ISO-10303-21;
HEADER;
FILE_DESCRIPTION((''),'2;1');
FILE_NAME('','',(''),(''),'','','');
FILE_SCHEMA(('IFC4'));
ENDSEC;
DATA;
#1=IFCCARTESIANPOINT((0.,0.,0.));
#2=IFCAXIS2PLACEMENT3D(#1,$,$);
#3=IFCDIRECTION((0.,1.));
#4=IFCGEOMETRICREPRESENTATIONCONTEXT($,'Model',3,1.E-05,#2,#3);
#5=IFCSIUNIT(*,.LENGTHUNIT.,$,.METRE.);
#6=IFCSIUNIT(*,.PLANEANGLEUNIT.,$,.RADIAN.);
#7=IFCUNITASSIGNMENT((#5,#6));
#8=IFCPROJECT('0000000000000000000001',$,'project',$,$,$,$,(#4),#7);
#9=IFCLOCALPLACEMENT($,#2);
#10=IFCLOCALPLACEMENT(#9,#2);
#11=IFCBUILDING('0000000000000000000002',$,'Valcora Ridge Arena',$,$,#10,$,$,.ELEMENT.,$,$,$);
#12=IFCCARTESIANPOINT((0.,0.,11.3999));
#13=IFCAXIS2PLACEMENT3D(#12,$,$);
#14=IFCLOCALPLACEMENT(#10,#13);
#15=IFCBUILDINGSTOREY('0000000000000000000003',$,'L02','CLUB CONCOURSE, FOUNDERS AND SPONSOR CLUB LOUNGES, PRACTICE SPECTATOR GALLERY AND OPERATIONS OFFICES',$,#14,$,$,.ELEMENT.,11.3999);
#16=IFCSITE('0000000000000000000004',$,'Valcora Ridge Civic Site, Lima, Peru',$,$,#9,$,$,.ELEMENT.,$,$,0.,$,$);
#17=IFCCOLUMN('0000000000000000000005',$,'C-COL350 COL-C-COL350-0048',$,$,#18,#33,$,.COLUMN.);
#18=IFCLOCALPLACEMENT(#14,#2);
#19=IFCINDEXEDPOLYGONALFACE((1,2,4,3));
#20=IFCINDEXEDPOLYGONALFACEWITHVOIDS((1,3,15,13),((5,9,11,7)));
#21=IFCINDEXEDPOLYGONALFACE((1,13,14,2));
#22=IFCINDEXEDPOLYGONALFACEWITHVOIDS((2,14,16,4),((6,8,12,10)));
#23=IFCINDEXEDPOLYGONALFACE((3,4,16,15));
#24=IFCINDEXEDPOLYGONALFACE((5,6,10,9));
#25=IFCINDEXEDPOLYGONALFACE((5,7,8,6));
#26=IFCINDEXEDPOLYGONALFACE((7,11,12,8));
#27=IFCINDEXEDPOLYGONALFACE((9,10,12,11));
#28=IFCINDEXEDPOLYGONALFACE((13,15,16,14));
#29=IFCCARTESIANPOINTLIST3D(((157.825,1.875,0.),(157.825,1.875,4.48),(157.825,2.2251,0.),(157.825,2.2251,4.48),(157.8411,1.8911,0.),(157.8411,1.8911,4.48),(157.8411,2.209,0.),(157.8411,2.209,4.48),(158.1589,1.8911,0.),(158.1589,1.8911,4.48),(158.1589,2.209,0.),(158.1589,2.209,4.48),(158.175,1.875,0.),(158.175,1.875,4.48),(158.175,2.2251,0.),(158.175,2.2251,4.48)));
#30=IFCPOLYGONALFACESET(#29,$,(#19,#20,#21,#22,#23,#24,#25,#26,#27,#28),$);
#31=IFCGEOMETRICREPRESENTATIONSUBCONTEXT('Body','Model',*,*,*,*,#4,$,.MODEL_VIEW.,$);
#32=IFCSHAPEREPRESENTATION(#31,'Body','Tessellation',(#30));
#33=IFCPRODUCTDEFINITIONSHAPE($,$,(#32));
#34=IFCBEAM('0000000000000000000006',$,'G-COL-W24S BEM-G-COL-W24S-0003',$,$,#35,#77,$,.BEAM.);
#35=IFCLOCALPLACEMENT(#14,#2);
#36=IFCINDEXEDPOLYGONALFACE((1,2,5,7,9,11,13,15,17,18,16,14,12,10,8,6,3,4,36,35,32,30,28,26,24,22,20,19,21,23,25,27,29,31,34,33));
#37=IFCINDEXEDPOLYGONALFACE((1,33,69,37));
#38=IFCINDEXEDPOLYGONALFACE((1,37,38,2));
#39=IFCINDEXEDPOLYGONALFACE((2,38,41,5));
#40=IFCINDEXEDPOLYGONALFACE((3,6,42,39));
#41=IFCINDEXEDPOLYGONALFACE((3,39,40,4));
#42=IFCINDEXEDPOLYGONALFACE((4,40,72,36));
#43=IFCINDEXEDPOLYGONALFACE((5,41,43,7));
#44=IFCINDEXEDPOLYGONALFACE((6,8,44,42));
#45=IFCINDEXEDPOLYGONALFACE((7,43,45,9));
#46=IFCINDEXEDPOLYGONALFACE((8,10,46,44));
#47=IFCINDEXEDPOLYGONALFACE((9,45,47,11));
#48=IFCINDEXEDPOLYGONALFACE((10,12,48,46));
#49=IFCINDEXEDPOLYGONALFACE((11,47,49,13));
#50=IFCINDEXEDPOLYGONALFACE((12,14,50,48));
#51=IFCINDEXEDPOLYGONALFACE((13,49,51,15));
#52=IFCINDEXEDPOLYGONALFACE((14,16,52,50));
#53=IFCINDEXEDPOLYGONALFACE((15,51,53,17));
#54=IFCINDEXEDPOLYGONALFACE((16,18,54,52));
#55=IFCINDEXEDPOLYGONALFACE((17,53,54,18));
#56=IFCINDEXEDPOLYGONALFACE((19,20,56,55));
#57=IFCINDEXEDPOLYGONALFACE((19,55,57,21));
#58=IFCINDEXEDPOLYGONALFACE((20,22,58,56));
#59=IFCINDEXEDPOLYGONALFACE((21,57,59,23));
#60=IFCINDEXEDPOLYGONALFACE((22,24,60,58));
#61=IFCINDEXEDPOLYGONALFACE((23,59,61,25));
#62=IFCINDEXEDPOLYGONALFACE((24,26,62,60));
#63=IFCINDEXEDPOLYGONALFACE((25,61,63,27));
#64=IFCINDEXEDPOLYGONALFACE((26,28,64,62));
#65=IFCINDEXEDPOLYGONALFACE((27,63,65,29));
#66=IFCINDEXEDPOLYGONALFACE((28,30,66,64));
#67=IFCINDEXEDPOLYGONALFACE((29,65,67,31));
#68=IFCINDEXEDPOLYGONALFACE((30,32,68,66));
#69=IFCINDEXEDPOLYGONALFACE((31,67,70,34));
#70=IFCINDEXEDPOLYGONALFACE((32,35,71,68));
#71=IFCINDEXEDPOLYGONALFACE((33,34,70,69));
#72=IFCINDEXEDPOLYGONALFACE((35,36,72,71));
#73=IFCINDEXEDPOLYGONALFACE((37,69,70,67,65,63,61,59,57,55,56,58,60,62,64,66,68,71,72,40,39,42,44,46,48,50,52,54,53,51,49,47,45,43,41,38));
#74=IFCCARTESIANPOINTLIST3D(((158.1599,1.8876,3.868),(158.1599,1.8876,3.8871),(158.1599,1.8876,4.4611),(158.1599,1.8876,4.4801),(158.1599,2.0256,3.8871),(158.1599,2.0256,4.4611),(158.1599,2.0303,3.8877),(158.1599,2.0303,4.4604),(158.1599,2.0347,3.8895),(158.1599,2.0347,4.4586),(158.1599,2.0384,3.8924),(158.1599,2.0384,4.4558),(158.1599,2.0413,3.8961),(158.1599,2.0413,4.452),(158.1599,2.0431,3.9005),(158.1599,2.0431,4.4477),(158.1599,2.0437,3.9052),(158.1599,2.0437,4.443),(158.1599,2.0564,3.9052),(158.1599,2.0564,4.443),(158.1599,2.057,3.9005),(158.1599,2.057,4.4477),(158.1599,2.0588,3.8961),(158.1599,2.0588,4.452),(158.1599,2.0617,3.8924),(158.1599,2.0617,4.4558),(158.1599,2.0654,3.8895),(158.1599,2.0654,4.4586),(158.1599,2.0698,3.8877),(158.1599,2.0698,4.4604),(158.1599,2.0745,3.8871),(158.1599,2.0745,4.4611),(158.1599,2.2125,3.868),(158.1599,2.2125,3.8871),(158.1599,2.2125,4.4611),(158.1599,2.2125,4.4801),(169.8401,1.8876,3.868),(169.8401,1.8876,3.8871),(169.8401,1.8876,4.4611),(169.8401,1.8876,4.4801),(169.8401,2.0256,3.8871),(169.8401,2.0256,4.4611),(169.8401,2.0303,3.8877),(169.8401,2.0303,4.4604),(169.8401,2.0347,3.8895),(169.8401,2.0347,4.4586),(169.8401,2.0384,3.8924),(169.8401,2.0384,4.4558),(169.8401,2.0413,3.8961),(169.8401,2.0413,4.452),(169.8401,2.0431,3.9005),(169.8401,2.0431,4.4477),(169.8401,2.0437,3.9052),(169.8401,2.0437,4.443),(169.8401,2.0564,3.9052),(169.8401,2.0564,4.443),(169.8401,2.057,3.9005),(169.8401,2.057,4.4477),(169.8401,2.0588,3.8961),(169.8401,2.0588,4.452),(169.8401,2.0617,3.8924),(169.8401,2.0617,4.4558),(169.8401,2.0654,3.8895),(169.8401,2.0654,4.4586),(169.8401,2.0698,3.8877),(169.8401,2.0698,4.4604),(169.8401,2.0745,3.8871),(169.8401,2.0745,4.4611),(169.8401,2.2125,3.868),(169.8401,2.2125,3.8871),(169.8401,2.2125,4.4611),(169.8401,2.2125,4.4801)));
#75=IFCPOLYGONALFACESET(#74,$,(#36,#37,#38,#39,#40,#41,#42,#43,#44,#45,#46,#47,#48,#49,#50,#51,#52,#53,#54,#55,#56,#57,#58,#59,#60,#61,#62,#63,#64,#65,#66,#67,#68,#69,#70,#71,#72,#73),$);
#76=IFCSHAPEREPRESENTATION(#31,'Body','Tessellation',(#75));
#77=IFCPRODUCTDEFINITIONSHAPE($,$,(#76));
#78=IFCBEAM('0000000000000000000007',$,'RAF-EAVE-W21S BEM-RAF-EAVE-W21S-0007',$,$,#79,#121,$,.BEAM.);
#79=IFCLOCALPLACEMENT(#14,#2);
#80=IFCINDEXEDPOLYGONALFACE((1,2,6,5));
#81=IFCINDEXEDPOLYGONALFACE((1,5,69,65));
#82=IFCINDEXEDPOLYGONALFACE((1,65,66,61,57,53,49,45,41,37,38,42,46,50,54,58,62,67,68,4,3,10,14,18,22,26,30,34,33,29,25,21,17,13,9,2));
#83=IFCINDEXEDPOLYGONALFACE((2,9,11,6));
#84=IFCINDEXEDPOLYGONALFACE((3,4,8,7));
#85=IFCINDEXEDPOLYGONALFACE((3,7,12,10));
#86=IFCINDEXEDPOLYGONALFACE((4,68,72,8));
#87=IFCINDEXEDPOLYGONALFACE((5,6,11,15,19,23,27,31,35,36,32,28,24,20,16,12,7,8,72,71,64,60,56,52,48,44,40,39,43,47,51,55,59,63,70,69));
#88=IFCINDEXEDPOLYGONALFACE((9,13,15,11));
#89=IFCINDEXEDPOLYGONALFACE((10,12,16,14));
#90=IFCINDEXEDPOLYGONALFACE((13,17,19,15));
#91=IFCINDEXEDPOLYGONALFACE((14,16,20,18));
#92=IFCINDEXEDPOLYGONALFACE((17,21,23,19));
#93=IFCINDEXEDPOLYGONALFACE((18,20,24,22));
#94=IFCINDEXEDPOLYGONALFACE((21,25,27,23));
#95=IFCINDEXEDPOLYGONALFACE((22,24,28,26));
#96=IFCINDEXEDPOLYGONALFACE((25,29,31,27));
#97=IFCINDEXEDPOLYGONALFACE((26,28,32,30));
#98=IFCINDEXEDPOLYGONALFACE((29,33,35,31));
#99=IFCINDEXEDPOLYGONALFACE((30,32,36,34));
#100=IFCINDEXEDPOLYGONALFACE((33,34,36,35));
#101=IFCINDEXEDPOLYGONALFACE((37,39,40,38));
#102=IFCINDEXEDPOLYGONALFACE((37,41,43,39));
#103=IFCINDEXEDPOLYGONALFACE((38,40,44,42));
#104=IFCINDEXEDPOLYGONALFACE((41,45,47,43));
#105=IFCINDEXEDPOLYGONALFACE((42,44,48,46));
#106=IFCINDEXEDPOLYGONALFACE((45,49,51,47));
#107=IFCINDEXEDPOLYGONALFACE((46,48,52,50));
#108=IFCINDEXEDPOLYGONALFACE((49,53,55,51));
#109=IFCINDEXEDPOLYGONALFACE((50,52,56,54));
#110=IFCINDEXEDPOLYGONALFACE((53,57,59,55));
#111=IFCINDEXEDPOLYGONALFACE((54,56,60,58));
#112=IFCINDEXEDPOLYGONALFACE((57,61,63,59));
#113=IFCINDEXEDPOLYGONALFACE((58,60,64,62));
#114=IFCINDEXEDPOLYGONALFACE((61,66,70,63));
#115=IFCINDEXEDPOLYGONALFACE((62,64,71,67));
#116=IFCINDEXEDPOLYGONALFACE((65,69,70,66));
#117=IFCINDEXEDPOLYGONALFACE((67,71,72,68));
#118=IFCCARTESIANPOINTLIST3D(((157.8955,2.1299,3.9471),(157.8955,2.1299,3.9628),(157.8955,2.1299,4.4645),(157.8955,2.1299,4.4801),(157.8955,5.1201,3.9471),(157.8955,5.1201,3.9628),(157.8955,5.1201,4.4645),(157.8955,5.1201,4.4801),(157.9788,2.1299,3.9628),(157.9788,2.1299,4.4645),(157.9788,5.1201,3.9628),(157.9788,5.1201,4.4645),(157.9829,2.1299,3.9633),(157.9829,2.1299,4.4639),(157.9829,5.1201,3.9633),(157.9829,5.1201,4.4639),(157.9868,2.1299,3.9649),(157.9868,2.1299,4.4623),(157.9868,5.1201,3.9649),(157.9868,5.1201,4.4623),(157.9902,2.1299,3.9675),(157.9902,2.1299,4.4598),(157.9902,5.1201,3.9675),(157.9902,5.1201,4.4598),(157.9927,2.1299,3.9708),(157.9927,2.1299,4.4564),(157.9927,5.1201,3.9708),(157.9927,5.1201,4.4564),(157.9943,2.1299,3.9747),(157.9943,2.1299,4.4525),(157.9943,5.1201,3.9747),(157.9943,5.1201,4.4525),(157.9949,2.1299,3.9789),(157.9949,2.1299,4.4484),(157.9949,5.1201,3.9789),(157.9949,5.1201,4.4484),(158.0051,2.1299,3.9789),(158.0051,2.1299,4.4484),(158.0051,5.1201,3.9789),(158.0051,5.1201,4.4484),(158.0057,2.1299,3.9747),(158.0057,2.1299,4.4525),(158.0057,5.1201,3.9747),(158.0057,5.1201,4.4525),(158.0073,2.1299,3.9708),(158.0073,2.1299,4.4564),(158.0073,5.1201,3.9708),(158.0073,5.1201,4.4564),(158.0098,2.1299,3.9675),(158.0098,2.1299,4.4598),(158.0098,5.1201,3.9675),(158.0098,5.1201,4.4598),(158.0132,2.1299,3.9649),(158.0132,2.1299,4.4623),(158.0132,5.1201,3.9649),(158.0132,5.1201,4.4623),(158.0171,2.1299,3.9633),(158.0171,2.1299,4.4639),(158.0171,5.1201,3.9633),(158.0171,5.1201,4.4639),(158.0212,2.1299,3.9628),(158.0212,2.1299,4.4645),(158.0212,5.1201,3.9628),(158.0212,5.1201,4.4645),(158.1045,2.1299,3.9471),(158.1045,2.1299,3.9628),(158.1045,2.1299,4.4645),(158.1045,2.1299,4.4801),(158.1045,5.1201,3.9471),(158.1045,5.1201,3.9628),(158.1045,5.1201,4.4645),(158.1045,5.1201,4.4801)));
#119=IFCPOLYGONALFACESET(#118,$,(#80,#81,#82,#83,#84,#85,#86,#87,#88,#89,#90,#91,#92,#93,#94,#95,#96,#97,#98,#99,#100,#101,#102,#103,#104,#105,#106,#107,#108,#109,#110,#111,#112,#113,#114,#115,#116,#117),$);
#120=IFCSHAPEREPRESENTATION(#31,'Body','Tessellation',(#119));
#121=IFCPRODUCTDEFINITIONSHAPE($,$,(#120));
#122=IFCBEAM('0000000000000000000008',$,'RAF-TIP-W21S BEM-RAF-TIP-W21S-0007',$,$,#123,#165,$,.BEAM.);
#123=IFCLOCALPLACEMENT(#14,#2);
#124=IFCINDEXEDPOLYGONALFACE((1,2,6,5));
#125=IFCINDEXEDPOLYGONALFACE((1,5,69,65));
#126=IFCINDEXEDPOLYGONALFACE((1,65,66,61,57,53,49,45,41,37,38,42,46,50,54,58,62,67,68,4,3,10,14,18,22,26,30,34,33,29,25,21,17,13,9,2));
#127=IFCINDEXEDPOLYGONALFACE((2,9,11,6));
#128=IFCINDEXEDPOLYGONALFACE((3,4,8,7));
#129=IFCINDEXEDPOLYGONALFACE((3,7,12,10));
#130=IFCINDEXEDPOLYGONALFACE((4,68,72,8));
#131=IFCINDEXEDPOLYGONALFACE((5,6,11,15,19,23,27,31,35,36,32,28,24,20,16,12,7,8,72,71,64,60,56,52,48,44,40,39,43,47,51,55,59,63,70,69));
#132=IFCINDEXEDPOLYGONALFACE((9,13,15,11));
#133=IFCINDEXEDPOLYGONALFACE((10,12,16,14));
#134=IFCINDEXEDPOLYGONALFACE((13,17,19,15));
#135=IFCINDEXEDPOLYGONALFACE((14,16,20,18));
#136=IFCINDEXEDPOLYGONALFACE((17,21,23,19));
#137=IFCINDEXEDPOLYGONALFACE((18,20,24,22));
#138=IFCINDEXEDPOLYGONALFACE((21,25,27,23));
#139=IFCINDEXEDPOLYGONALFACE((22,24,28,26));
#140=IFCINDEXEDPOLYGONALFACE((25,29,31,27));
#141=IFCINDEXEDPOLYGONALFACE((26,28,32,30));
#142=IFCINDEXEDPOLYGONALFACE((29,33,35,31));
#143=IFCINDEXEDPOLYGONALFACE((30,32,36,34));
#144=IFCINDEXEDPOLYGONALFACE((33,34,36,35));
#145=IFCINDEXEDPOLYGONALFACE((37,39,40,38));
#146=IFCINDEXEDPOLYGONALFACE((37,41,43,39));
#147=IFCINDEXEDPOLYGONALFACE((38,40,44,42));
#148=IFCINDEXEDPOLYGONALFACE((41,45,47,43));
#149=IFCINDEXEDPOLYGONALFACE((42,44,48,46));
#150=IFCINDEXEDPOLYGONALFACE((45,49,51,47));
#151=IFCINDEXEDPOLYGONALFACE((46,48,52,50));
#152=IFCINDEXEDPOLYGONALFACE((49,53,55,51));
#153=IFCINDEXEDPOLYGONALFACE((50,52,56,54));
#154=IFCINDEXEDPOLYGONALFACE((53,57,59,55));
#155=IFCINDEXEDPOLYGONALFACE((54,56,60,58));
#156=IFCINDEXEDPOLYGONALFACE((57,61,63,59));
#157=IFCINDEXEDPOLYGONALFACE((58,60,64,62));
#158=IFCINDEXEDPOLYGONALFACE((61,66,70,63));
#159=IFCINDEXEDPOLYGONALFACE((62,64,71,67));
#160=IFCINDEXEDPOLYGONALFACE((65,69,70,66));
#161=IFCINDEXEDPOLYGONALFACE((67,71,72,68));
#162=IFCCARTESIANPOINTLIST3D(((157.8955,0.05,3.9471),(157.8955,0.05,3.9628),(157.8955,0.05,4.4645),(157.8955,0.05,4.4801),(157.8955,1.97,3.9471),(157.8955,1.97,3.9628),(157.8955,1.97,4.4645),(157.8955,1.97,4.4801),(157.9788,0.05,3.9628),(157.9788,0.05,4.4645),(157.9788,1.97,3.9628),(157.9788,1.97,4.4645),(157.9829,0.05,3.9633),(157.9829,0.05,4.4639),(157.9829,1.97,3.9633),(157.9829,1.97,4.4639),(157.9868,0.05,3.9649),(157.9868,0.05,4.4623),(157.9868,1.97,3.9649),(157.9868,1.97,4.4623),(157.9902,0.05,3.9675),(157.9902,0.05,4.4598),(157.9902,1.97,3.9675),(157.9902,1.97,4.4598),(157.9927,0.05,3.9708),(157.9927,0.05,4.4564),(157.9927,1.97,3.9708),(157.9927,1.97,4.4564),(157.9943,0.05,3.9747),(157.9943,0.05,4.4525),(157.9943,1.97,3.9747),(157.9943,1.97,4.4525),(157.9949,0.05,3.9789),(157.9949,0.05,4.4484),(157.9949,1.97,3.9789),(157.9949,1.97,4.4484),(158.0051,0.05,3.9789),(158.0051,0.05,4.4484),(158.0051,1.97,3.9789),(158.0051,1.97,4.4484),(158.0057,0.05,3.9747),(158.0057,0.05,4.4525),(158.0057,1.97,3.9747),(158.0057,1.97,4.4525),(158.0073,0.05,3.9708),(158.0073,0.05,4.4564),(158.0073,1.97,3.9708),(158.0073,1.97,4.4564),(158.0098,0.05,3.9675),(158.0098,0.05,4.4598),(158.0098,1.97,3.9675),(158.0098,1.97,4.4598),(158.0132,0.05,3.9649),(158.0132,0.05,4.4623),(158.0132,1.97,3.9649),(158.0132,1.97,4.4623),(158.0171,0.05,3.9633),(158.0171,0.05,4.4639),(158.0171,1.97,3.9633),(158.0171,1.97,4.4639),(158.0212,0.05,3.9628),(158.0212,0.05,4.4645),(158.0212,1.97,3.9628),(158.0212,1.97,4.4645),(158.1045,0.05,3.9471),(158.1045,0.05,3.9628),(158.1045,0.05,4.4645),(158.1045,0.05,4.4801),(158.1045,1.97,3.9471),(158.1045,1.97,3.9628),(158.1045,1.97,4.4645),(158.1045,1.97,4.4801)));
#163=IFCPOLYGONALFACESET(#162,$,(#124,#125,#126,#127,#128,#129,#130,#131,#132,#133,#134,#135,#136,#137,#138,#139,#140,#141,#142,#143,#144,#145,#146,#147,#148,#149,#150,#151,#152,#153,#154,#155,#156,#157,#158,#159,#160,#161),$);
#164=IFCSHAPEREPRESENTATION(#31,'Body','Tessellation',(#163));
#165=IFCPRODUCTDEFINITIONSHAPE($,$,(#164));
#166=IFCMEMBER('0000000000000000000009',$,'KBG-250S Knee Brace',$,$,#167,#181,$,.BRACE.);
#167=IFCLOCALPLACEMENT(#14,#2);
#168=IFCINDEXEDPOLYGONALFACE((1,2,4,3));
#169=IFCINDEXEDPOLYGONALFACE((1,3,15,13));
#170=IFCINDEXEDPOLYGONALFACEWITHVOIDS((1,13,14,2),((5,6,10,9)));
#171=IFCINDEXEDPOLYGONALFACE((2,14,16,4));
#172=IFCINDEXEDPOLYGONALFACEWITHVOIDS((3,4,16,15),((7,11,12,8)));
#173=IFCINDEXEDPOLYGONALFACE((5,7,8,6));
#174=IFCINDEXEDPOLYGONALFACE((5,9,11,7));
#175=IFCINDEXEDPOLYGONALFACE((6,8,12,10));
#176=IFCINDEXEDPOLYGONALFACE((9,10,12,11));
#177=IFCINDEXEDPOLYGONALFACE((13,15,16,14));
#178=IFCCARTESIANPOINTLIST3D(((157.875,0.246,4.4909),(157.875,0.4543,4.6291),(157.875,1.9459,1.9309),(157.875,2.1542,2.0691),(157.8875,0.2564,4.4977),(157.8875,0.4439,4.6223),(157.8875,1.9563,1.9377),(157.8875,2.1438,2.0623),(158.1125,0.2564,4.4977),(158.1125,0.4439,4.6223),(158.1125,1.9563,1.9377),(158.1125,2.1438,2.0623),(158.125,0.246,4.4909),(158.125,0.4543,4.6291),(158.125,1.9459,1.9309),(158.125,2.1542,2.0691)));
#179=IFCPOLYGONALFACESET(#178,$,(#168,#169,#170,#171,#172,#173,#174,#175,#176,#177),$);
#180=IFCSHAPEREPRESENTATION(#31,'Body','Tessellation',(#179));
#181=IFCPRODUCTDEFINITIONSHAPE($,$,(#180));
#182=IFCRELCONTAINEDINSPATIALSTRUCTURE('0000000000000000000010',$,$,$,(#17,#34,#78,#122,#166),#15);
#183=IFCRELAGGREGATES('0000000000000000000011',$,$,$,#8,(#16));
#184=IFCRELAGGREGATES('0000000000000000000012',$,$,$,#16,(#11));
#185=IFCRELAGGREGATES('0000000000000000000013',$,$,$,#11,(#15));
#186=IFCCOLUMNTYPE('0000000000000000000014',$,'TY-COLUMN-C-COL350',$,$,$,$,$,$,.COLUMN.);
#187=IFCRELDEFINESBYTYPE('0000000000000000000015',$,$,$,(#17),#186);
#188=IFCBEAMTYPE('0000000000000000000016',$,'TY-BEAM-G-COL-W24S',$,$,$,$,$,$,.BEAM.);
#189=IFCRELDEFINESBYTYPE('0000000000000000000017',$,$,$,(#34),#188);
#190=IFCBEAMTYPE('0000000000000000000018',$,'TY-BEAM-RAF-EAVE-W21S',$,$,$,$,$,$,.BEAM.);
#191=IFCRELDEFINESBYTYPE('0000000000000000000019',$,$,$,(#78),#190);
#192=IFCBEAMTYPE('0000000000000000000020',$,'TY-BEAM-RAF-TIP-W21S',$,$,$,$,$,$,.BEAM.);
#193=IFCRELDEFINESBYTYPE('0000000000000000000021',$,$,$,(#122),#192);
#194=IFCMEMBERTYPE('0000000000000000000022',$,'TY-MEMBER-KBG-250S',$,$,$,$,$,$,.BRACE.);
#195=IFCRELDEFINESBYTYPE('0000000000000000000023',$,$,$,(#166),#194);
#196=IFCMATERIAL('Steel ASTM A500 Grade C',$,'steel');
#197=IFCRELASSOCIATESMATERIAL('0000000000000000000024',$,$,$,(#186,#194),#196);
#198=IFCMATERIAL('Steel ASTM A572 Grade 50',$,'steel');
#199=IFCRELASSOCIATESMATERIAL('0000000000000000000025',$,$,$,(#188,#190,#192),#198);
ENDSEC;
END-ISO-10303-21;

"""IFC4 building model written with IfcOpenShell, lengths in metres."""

from ifc_helpers import new_model, si_unit, direction, frame, origin, origin_2d, place, context, subcontext, project, spatial, hollow_rectangle, i_section, extrude, material, material_profile, profile_set, type_object, element, save


model = new_model("IFC4")

# Units and contexts
model_context = context("Model", 3, precision=1e-05, world=origin(), true_north=direction((0.0, 1.0)))
body_context = subcontext(model_context, "Body", "Model", "MODEL_VIEW")
ifc_project = project(units=[si_unit("LENGTHUNIT", "METRE"), si_unit("PLANEANGLEUNIT", "RADIAN")], contexts=[model_context])

# Site, building, storey
site_placement = place(None, origin())
site = spatial("IfcSite", under=ifc_project, at=site_placement, Name="Valcora Ridge Civic Site, Lima, Peru", CompositionType="ELEMENT", RefElevation=0.0)
building_placement = place(site_placement, origin())
building = spatial("IfcBuilding", under=site, at=building_placement, Name="Valcora Ridge Arena", CompositionType="ELEMENT")
storey_placement = place(building_placement, frame((0.0, 0.0, 11.3999)))
storey = spatial("IfcBuildingStorey", under=building, at=storey_placement, Name="L02", Description="CLUB CONCOURSE, FOUNDERS AND SPONSOR CLUB LOUNGES, PRACTICE SPECTATOR GALLERY AND OPERATIONS OFFICES", CompositionType="ELEMENT", Elevation=11.3999)

# Column
ifc_material_1 = material(Name="Steel ASTM A500 Grade C", Category="steel")
ifc_material_profile_1 = material_profile(ifc_material_1, hollow_rectangle(XDim=0.3501, YDim=0.3501, WallThickness=0.0161, at=origin_2d()), Name="HSS350X350X16")
ifc_profile_set_1 = profile_set([ifc_material_profile_1], Name="Steel ASTM A500 Grade C")
column_type = type_object("IfcColumnType", Name="TY-COLUMN-C-COL350", PredefinedType="COLUMN", material=ifc_profile_set_1)
column_placement = place(storey_placement, frame((158.0, 2.05, 0.0), z_axis=(0.0, 0.0, 1.0), x_axis=(1.0, 0.0, 0.0)))
element("IfcColumn", 1, at=column_placement, inside=storey, type_object=column_type, Name="C-COL350 COL-C-COL350-0048", PredefinedType="COLUMN", context=body_context, shape_type="SweptSolid", body=[
    extrude(hollow_rectangle(XDim=0.3501, YDim=0.3501, WallThickness=0.0161, at=origin_2d()), origin(), (0.0, 0.0, 1.0), 4.48),
])

# Beams
ifc_material_2 = material(Name="Steel ASTM A572 Grade 50", Category="steel")
ifc_material_profile_2 = material_profile(ifc_material_2, i_section(OverallWidth=0.325, OverallDepth=0.6121, WebThickness=0.0127, FlangeThickness=0.019, FilletRadius=0.0181, at=origin_2d()), Name="W24X104")
ifc_profile_set_2 = profile_set([ifc_material_profile_2], Name="Steel ASTM A572 Grade 50")
beam_type_1 = type_object("IfcBeamType", Name="TY-BEAM-G-COL-W24S", PredefinedType="BEAM", material=ifc_profile_set_2)
beam_1_placement = place(storey_placement, frame((158.1599, 2.05, 4.1741), z_axis=(1.0, 0.0, 0.0), x_axis=(0.0, 1.0, 0.0)))
element("IfcBeam", 2, at=beam_1_placement, inside=storey, type_object=beam_type_1, Name="G-COL-W24S BEM-G-COL-W24S-0003", PredefinedType="BEAM", context=body_context, shape_type="SweptSolid", body=[
    extrude(i_section(OverallWidth=0.325, OverallDepth=0.6121, WebThickness=0.0127, FlangeThickness=0.019, FilletRadius=0.0181, at=origin_2d()), origin(), (0.0, 0.0, 1.0), 11.6802),
])
ifc_material_profile_3 = material_profile(ifc_material_2, i_section(OverallWidth=0.209, OverallDepth=0.533, WebThickness=0.0103, FlangeThickness=0.0156, FilletRadius=0.0161, at=origin_2d()), Name="W21X62")
ifc_profile_set_3 = profile_set([ifc_material_profile_3], Name="Steel ASTM A572 Grade 50")
beam_type_2 = type_object("IfcBeamType", Name="TY-BEAM-RAF-EAVE-W21S", PredefinedType="BEAM", material=ifc_profile_set_3)
beam_2_placement = place(storey_placement, frame((158.0, 2.1299, 4.2136), z_axis=(0.0, 1.0, 0.0), x_axis=(-1.0, 0.0, 0.0)))
element("IfcBeam", 3, at=beam_2_placement, inside=storey, type_object=beam_type_2, Name="RAF-EAVE-W21S BEM-RAF-EAVE-W21S-0007", PredefinedType="BEAM", context=body_context, shape_type="SweptSolid", body=[
    extrude(i_section(OverallWidth=0.209, OverallDepth=0.533, WebThickness=0.0103, FlangeThickness=0.0156, FilletRadius=0.0161, at=origin_2d()), origin(), (0.0, 0.0, 1.0), 2.9902),
])
ifc_material_profile_4 = material_profile(ifc_material_2, i_section(OverallWidth=0.209, OverallDepth=0.533, WebThickness=0.0103, FlangeThickness=0.0156, FilletRadius=0.0161, at=origin_2d()), Name="W21X62")
ifc_profile_set_4 = profile_set([ifc_material_profile_4], Name="Steel ASTM A572 Grade 50")
beam_type_3 = type_object("IfcBeamType", Name="TY-BEAM-RAF-TIP-W21S", PredefinedType="BEAM", material=ifc_profile_set_4)
beam_3_placement = place(storey_placement, frame((158.0, 0.05, 4.2136), z_axis=(0.0, 1.0, 0.0), x_axis=(-1.0, 0.0, 0.0)))
element("IfcBeam", 4, at=beam_3_placement, inside=storey, type_object=beam_type_3, Name="RAF-TIP-W21S BEM-RAF-TIP-W21S-0007", PredefinedType="BEAM", context=body_context, shape_type="SweptSolid", body=[
    extrude(i_section(OverallWidth=0.209, OverallDepth=0.533, WebThickness=0.0103, FlangeThickness=0.0156, FilletRadius=0.0161, at=origin_2d()), origin(), (0.0, 0.0, 1.0), 1.9199),
])

# Member
ifc_material_profile_5 = material_profile(ifc_material_1, hollow_rectangle(XDim=0.25, YDim=0.25, WallThickness=0.0125, at=origin_2d()), Name="HSS250X250X12")
ifc_profile_set_5 = profile_set([ifc_material_profile_5], Name="Steel ASTM A500 Grade C")
member_type = type_object("IfcMemberType", Name="TY-MEMBER-KBG-250S", PredefinedType="BRACE", material=ifc_profile_set_5)
member_placement = place(storey_placement, frame((158.0, 2.05, 2.0), z_axis=(0.0, -0.553178, 0.833063), x_axis=(1.0, 0.0, 0.0)))
element("IfcMember", 5, at=member_placement, inside=storey, type_object=member_type, Name="KBG-250S Knee Brace", PredefinedType="BRACE", context=body_context, shape_type="SweptSolid", body=[
    extrude(hollow_rectangle(XDim=0.25, YDim=0.25, WallThickness=0.0125, at=origin_2d()), origin(), (0.0, 0.0, 1.0), 3.073),
])

save(model, "model.ifc")
